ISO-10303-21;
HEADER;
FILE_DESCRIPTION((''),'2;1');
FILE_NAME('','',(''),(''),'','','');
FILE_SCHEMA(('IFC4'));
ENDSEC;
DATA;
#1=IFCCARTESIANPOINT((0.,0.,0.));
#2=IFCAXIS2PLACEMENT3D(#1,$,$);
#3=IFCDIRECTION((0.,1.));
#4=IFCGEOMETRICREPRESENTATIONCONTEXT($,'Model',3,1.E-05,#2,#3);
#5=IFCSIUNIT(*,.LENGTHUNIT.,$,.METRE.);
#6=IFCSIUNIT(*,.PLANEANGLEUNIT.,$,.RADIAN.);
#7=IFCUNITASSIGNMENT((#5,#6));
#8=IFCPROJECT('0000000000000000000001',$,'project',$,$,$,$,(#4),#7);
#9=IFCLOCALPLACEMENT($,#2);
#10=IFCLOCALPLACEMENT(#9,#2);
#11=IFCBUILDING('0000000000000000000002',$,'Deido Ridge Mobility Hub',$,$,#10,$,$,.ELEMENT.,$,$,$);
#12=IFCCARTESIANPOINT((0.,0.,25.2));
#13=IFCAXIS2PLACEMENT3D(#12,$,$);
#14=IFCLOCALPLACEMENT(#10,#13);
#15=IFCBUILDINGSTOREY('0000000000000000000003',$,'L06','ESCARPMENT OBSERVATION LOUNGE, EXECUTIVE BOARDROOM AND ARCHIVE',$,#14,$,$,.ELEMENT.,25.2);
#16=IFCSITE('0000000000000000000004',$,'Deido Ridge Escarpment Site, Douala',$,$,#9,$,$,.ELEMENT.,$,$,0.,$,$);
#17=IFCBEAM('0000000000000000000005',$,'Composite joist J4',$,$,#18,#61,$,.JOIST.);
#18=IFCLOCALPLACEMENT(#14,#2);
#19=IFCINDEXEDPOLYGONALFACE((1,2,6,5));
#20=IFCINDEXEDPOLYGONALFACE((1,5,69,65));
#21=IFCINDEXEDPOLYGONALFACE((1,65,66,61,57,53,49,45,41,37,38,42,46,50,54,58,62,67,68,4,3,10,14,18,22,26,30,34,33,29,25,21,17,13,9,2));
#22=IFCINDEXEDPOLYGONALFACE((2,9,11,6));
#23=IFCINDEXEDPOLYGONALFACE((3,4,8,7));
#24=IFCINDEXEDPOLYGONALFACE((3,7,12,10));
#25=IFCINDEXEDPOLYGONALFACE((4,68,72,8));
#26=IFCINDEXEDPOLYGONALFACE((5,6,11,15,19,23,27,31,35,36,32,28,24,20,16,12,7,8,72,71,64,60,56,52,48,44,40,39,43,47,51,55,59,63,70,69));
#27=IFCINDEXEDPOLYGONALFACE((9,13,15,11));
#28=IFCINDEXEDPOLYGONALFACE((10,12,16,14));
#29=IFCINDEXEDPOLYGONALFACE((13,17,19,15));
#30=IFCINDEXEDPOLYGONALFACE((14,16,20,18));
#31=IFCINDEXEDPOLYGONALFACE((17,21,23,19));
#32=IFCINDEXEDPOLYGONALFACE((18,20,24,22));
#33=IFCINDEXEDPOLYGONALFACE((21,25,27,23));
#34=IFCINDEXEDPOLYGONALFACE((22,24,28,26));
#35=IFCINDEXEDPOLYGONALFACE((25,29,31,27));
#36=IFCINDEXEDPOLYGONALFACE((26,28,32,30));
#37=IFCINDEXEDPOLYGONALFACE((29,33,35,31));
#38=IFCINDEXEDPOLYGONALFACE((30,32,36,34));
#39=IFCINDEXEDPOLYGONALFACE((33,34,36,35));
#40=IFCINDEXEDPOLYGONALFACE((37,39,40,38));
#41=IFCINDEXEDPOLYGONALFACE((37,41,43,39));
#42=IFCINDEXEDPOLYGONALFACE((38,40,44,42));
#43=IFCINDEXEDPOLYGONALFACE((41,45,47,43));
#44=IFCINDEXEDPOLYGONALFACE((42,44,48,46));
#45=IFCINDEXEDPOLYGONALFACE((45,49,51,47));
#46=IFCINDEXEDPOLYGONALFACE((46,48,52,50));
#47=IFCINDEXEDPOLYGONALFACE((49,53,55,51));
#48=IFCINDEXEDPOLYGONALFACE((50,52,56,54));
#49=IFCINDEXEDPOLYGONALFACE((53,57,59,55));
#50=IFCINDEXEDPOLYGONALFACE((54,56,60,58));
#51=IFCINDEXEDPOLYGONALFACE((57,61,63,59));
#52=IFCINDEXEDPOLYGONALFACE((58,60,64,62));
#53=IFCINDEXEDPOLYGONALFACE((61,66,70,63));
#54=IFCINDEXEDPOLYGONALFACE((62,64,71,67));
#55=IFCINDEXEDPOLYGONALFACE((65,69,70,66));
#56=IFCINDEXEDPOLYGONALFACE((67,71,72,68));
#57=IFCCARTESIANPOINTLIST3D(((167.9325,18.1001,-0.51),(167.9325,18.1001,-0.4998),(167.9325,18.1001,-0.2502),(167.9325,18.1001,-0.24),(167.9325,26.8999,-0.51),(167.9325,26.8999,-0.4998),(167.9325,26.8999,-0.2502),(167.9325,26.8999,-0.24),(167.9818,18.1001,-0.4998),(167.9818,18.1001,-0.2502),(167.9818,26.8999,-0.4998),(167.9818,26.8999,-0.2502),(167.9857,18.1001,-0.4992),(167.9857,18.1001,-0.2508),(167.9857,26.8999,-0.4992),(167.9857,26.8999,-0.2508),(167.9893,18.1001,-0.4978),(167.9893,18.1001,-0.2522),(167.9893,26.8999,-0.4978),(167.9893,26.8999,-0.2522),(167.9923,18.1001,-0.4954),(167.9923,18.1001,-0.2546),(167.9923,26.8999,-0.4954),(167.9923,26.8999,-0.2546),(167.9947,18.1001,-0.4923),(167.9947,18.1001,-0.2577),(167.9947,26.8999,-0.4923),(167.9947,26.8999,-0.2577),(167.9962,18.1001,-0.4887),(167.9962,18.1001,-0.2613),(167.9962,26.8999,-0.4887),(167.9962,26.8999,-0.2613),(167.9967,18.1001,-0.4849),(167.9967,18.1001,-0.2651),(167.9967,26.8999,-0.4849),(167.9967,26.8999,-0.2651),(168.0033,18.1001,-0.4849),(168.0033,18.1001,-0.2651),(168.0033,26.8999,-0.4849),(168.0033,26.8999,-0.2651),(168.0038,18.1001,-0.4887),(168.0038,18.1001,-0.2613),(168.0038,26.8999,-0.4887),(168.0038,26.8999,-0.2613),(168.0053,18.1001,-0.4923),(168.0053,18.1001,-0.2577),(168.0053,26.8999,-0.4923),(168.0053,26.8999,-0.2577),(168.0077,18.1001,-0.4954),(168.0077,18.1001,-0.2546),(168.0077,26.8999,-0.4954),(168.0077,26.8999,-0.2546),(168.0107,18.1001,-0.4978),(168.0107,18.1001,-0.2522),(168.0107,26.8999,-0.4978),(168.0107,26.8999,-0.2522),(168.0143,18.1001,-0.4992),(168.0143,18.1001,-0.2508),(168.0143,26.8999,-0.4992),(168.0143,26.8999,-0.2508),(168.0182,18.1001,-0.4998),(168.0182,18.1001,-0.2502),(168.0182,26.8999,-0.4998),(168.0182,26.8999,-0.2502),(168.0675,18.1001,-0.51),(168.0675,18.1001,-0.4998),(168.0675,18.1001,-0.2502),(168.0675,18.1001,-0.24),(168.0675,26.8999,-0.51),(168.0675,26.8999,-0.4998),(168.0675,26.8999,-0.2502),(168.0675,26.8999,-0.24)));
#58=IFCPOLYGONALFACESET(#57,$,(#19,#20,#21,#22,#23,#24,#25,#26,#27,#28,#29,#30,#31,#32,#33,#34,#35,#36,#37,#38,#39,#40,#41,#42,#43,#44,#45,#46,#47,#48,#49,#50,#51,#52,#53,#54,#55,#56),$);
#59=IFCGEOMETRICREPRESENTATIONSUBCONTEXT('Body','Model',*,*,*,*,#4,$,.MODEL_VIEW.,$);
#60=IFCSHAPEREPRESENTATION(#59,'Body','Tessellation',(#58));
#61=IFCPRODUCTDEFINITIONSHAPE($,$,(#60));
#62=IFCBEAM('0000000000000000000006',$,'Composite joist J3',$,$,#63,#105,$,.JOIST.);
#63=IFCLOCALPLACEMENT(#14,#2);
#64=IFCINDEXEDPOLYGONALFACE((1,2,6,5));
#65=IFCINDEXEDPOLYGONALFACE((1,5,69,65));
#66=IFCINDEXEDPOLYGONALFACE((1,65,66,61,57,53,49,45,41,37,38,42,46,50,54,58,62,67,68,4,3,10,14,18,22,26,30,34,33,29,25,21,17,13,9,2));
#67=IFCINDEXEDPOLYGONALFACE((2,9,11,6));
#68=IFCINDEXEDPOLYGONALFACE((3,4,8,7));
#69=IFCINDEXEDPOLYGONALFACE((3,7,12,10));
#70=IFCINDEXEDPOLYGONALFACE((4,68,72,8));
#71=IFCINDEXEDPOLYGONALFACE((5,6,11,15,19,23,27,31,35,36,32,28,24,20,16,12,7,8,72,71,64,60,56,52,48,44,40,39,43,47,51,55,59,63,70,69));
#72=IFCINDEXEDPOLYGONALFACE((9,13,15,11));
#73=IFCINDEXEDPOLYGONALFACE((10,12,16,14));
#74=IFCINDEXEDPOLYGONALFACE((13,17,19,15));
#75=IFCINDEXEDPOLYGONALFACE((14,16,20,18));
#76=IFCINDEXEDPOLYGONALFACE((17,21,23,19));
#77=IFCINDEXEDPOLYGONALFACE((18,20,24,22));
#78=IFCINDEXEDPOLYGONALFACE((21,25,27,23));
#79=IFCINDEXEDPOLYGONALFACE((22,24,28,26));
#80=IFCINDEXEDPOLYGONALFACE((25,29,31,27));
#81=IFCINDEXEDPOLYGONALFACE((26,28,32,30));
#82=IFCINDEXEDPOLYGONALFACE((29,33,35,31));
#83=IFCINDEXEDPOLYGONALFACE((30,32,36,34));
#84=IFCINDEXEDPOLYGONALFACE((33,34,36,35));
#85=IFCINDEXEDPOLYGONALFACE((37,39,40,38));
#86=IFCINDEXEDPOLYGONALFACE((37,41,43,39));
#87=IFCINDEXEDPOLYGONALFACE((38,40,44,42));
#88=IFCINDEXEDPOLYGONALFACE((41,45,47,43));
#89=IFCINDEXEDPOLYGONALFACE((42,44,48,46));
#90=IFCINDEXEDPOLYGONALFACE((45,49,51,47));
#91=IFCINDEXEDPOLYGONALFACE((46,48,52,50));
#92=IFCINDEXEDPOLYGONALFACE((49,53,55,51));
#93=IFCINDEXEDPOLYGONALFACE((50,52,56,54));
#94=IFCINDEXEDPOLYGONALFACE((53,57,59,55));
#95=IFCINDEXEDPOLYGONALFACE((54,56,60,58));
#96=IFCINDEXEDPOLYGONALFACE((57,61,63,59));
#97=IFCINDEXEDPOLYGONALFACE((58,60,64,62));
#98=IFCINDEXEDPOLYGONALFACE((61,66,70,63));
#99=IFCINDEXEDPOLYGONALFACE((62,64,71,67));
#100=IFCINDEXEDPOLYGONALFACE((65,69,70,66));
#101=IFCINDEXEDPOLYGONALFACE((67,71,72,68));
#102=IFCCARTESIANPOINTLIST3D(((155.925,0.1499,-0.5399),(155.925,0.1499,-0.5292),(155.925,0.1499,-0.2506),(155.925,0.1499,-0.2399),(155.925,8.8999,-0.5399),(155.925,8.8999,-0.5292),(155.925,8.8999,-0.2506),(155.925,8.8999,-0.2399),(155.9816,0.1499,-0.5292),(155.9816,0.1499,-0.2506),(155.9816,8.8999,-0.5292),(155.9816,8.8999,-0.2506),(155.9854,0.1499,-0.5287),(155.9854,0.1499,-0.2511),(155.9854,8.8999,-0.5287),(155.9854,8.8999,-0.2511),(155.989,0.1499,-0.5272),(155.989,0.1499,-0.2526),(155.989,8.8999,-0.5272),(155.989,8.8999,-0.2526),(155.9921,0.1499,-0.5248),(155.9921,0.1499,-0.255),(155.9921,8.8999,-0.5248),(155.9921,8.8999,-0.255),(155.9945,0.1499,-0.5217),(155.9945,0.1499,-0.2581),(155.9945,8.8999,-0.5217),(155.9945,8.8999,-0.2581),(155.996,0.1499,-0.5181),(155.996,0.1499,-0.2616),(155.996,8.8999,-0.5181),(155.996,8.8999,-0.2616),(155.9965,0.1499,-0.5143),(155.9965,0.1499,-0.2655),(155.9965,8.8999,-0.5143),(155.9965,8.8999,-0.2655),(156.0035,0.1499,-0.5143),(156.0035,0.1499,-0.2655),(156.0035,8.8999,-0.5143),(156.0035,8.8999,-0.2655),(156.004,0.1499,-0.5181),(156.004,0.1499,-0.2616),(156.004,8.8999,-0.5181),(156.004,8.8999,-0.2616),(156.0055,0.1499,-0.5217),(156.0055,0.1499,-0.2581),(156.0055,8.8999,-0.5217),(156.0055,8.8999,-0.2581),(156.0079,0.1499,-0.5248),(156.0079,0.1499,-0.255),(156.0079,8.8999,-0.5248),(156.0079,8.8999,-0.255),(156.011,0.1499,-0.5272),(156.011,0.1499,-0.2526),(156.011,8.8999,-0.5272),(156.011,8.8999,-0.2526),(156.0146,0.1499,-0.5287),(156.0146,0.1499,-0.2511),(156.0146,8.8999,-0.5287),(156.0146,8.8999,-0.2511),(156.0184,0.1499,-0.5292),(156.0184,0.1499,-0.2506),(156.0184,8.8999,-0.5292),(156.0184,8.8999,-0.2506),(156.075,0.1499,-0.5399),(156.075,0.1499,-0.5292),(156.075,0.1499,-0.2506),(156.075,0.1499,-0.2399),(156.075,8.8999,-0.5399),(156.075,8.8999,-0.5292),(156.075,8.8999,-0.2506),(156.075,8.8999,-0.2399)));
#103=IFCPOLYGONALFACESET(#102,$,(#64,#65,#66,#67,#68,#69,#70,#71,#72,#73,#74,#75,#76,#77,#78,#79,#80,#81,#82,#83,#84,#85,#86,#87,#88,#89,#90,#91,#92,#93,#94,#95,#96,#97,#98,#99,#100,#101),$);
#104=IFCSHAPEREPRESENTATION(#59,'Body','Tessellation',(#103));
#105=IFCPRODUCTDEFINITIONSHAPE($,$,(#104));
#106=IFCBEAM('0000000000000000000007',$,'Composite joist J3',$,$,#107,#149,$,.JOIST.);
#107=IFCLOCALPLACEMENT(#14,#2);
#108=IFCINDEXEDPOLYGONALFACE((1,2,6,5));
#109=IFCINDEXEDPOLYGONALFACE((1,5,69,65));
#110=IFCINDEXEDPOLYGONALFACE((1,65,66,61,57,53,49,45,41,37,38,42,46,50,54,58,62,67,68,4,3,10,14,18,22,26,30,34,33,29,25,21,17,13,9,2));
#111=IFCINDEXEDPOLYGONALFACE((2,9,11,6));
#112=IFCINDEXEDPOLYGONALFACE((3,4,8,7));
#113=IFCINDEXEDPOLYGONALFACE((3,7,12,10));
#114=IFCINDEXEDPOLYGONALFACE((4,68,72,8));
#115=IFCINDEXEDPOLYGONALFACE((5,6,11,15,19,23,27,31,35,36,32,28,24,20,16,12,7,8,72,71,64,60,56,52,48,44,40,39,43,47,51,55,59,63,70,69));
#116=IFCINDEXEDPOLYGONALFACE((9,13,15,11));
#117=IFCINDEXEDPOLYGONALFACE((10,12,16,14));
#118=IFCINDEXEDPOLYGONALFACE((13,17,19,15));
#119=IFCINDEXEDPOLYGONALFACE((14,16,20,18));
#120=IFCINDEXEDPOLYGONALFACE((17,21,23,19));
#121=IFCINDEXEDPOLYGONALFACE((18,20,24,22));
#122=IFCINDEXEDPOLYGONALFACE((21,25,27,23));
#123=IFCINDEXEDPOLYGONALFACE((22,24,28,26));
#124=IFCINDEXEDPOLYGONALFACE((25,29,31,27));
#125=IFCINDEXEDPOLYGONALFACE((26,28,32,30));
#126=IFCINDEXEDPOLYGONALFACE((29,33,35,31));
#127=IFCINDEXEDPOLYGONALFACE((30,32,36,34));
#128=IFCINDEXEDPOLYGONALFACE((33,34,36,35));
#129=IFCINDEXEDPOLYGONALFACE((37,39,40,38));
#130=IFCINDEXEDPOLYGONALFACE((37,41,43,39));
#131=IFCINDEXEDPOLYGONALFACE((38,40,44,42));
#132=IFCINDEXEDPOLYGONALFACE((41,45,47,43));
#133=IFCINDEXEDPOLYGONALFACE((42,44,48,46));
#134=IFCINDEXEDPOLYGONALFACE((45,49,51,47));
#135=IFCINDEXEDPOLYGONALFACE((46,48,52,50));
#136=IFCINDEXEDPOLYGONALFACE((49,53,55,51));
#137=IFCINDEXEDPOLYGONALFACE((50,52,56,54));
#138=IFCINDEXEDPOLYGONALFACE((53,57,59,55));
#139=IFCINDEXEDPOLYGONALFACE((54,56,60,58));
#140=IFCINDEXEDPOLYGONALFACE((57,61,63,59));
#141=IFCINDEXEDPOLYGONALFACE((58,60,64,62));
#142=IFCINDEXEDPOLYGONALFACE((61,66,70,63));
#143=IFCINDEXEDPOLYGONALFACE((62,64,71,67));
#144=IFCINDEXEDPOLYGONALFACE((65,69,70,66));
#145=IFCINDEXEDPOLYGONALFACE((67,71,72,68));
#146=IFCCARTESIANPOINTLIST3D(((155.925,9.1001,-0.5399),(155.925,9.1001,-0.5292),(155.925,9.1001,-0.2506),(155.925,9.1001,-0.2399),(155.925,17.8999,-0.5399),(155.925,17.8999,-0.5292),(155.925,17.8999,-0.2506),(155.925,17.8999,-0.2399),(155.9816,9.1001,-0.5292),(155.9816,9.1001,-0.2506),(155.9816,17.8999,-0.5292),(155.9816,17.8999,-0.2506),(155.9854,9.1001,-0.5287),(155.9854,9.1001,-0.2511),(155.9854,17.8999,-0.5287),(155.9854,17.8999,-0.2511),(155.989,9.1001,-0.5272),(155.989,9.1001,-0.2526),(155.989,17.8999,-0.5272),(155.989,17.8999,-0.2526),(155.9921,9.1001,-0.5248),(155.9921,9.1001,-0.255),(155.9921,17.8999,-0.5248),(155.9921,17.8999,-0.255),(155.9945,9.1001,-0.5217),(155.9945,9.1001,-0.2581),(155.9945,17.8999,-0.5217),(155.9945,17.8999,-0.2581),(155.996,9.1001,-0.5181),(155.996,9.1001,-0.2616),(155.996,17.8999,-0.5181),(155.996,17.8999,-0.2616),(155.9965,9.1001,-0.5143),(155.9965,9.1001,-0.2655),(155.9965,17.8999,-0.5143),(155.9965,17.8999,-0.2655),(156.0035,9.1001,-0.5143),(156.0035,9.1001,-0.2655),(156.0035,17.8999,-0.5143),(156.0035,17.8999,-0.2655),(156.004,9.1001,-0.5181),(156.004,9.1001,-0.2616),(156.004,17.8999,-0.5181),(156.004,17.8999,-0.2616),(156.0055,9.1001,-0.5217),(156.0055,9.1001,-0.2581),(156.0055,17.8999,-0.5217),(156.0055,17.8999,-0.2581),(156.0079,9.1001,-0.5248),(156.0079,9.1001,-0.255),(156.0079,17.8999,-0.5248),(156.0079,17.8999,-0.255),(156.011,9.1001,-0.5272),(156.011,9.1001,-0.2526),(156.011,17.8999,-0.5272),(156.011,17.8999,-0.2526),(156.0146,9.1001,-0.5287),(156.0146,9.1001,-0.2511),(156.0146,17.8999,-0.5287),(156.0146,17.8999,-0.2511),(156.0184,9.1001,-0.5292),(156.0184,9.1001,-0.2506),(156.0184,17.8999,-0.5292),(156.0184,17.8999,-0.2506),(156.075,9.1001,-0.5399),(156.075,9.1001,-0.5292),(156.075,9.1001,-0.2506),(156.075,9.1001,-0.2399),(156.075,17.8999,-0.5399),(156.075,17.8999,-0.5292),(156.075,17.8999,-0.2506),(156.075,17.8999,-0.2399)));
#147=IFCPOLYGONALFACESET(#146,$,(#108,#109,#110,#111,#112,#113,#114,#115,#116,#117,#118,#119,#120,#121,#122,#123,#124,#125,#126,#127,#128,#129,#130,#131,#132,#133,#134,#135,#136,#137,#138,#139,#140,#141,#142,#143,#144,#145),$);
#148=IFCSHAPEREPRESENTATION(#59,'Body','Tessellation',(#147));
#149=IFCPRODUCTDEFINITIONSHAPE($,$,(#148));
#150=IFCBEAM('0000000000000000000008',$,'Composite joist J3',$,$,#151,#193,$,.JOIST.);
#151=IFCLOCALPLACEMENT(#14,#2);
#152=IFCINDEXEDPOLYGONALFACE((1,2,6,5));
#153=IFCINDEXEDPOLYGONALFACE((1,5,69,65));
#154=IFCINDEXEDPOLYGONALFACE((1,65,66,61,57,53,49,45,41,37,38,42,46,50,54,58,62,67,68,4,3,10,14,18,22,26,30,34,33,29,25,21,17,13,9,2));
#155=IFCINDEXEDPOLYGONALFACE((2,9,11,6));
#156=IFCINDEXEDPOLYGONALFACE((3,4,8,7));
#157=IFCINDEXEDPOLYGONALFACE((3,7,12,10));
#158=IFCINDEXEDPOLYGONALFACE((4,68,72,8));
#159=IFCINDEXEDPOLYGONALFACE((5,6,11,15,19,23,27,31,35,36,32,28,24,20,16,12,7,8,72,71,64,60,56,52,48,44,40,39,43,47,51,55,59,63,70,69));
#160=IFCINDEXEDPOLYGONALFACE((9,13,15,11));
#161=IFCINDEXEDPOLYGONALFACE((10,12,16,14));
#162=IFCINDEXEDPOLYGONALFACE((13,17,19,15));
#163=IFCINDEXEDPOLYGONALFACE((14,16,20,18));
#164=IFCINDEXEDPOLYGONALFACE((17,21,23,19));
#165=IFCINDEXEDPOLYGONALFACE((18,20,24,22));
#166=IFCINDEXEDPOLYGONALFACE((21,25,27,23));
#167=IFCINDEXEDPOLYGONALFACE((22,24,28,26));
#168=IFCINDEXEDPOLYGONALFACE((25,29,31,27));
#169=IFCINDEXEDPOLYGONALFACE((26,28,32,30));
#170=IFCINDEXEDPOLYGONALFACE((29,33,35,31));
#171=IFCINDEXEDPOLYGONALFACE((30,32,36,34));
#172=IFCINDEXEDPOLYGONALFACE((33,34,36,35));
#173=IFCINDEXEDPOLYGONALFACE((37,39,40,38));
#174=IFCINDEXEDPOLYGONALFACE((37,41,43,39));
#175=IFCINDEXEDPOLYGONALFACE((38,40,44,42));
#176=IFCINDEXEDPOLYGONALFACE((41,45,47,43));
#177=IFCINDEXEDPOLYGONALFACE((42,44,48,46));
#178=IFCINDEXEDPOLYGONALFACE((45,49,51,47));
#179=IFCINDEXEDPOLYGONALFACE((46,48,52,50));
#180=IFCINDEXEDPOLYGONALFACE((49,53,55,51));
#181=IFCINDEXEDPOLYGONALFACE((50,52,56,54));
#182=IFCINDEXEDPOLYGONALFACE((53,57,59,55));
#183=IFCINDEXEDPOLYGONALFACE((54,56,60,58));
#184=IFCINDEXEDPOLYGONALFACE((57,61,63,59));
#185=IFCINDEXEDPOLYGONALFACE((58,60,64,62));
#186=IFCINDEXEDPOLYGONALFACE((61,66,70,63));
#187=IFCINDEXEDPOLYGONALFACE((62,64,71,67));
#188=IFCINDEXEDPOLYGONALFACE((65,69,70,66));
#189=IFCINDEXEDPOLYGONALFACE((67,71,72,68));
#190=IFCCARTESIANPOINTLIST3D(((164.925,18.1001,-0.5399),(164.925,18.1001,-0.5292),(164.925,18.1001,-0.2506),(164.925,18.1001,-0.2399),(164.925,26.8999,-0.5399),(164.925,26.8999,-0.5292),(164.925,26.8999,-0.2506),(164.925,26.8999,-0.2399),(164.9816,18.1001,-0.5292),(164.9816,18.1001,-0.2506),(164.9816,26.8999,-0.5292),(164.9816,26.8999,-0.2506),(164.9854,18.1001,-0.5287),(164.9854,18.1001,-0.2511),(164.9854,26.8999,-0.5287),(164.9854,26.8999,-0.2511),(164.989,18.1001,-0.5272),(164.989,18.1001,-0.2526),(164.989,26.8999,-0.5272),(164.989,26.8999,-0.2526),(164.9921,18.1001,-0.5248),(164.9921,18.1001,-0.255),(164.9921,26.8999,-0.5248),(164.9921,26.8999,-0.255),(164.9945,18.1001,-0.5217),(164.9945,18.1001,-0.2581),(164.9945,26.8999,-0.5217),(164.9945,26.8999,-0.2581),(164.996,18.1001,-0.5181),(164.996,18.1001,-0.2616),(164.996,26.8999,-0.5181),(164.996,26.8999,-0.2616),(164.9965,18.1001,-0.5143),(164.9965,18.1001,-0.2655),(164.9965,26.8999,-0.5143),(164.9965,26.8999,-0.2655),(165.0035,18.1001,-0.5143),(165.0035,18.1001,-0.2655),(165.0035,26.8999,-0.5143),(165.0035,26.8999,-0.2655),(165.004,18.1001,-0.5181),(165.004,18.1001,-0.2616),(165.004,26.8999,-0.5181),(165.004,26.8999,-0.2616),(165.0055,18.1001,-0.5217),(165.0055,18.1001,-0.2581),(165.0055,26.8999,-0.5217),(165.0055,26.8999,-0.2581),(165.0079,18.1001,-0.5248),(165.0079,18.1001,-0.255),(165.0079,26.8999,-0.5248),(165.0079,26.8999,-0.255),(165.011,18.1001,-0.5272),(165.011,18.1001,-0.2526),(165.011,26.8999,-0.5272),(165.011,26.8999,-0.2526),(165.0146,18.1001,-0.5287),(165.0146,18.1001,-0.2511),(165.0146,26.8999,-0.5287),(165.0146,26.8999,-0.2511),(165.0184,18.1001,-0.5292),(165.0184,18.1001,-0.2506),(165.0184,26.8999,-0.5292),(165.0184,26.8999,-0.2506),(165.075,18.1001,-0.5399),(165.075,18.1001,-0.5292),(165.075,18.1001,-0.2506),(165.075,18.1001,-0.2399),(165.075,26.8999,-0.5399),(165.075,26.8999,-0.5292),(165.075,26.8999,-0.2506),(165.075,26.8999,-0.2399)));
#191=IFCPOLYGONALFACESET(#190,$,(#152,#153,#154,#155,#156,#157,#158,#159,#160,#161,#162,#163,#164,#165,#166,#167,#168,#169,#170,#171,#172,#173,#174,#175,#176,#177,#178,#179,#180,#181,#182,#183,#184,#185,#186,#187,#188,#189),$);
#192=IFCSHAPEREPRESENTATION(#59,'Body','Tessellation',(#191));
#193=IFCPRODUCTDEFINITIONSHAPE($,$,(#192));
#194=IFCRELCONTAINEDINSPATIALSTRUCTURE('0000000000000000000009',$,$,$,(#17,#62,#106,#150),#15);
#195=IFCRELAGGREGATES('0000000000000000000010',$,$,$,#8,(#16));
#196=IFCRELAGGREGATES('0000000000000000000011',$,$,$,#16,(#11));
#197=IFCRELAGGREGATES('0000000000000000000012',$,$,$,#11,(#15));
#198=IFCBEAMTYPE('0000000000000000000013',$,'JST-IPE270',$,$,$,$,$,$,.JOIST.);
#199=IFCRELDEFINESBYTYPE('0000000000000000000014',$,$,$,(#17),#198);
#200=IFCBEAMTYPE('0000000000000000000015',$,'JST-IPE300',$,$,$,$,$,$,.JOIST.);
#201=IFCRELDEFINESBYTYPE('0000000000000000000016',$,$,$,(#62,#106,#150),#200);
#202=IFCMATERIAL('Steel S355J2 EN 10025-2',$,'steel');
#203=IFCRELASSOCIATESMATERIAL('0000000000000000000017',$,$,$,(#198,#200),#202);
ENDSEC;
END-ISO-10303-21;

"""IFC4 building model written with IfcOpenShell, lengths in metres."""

from ifc_helpers import new_model, si_unit, direction, frame, origin, origin_2d, place, context, subcontext, project, spatial, i_section, extrude, material, material_profile, profile_set, type_object, element, save


model = new_model("IFC4")

# Units and contexts
model_context = context("Model", 3, precision=1e-05, world=origin(), true_north=direction((0.0, 1.0)))
body_context = subcontext(model_context, "Body", "Model", "MODEL_VIEW")
ifc_project = project(units=[si_unit("LENGTHUNIT", "METRE"), si_unit("PLANEANGLEUNIT", "RADIAN")], contexts=[model_context])

# Site, building, storey
site_placement = place(None, origin())
site = spatial("IfcSite", under=ifc_project, at=site_placement, Name="Deido Ridge Escarpment Site, Douala", CompositionType="ELEMENT", RefElevation=0.0)
building_placement = place(site_placement, origin())
building = spatial("IfcBuilding", under=site, at=building_placement, Name="Deido Ridge Mobility Hub", CompositionType="ELEMENT")
storey_placement = place(building_placement, frame((0.0, 0.0, 25.2)))
storey = spatial("IfcBuildingStorey", under=building, at=storey_placement, Name="L06", Description="ESCARPMENT OBSERVATION LOUNGE, EXECUTIVE BOARDROOM AND ARCHIVE", CompositionType="ELEMENT", Elevation=25.2)

# Shared definitions
ifc_material_1 = material(Name="Steel S355J2 EN 10025-2", Category="steel")

# Beams
ifc_material_profile_1 = material_profile(ifc_material_1, i_section(OverallWidth=0.135, OverallDepth=0.27, WebThickness=0.0066, FlangeThickness=0.0103, FilletRadius=0.0149, at=origin_2d()), Name="IPE 270")
ifc_profile_set_1 = profile_set([ifc_material_profile_1], Name="Steel S355J2 EN 10025-2")
beam_type_1 = type_object("IfcBeamType", Name="JST-IPE270", PredefinedType="JOIST", material=ifc_profile_set_1)
for number, where, z_axis, x_axis, name in (
    (1, (168.0, 18.1001, -0.375), (0.0, 1.0, 0.0), (-1.0, 0.0, 0.0), "Composite joist J4"),
):
    element("IfcBeam", number, at=place(storey_placement, frame(where, z_axis=z_axis, x_axis=x_axis)), inside=storey, type_object=beam_type_1, Name=name, PredefinedType="JOIST", context=body_context, shape_type="SweptSolid", body=[
        extrude(i_section(OverallWidth=0.135, OverallDepth=0.27, WebThickness=0.0066, FlangeThickness=0.0103, FilletRadius=0.0149, at=origin_2d()), origin(), (0.0, 0.0, 1.0), 8.7998),
    ])
ifc_material_profile_2 = material_profile(ifc_material_1, i_section(OverallWidth=0.1499, OverallDepth=0.3, WebThickness=0.0071, FlangeThickness=0.0107, FilletRadius=0.0149, at=origin_2d()), Name="IPE 300")
ifc_profile_set_2 = profile_set([ifc_material_profile_2], Name="Steel S355J2 EN 10025-2")
beam_type_2 = type_object("IfcBeamType", Name="JST-IPE300", PredefinedType="JOIST", material=ifc_profile_set_2)
beam_1_placement = place(storey_placement, frame((156.0, 0.1499, -0.3899), z_axis=(0.0, 1.0, 0.0), x_axis=(-1.0, 0.0, 0.0)))
element("IfcBeam", 2, at=beam_1_placement, inside=storey, type_object=beam_type_2, Name="Composite joist J3", PredefinedType="JOIST", context=body_context, shape_type="SweptSolid", body=[
    extrude(i_section(OverallWidth=0.1499, OverallDepth=0.3, WebThickness=0.0071, FlangeThickness=0.0107, FilletRadius=0.0149, at=origin_2d()), origin(), (0.0, 0.0, 1.0), 8.75),
])
for number, where, z_axis, x_axis, name in (
    (3, (156.0, 9.1001, -0.3899), (0.0, 1.0, 0.0), (-1.0, 0.0, 0.0), "Composite joist J3"),
    (4, (165.0, 18.1001, -0.3899), (0.0, 1.0, 0.0), (-1.0, 0.0, 0.0), "Composite joist J3"),
):
    element("IfcBeam", number, at=place(storey_placement, frame(where, z_axis=z_axis, x_axis=x_axis)), inside=storey, type_object=beam_type_2, Name=name, PredefinedType="JOIST", context=body_context, shape_type="SweptSolid", body=[
        extrude(i_section(OverallWidth=0.1499, OverallDepth=0.3, WebThickness=0.0071, FlangeThickness=0.0107, FilletRadius=0.0149, at=origin_2d()), origin(), (0.0, 0.0, 1.0), 8.7998),
    ])

save(model, "model.ifc")
